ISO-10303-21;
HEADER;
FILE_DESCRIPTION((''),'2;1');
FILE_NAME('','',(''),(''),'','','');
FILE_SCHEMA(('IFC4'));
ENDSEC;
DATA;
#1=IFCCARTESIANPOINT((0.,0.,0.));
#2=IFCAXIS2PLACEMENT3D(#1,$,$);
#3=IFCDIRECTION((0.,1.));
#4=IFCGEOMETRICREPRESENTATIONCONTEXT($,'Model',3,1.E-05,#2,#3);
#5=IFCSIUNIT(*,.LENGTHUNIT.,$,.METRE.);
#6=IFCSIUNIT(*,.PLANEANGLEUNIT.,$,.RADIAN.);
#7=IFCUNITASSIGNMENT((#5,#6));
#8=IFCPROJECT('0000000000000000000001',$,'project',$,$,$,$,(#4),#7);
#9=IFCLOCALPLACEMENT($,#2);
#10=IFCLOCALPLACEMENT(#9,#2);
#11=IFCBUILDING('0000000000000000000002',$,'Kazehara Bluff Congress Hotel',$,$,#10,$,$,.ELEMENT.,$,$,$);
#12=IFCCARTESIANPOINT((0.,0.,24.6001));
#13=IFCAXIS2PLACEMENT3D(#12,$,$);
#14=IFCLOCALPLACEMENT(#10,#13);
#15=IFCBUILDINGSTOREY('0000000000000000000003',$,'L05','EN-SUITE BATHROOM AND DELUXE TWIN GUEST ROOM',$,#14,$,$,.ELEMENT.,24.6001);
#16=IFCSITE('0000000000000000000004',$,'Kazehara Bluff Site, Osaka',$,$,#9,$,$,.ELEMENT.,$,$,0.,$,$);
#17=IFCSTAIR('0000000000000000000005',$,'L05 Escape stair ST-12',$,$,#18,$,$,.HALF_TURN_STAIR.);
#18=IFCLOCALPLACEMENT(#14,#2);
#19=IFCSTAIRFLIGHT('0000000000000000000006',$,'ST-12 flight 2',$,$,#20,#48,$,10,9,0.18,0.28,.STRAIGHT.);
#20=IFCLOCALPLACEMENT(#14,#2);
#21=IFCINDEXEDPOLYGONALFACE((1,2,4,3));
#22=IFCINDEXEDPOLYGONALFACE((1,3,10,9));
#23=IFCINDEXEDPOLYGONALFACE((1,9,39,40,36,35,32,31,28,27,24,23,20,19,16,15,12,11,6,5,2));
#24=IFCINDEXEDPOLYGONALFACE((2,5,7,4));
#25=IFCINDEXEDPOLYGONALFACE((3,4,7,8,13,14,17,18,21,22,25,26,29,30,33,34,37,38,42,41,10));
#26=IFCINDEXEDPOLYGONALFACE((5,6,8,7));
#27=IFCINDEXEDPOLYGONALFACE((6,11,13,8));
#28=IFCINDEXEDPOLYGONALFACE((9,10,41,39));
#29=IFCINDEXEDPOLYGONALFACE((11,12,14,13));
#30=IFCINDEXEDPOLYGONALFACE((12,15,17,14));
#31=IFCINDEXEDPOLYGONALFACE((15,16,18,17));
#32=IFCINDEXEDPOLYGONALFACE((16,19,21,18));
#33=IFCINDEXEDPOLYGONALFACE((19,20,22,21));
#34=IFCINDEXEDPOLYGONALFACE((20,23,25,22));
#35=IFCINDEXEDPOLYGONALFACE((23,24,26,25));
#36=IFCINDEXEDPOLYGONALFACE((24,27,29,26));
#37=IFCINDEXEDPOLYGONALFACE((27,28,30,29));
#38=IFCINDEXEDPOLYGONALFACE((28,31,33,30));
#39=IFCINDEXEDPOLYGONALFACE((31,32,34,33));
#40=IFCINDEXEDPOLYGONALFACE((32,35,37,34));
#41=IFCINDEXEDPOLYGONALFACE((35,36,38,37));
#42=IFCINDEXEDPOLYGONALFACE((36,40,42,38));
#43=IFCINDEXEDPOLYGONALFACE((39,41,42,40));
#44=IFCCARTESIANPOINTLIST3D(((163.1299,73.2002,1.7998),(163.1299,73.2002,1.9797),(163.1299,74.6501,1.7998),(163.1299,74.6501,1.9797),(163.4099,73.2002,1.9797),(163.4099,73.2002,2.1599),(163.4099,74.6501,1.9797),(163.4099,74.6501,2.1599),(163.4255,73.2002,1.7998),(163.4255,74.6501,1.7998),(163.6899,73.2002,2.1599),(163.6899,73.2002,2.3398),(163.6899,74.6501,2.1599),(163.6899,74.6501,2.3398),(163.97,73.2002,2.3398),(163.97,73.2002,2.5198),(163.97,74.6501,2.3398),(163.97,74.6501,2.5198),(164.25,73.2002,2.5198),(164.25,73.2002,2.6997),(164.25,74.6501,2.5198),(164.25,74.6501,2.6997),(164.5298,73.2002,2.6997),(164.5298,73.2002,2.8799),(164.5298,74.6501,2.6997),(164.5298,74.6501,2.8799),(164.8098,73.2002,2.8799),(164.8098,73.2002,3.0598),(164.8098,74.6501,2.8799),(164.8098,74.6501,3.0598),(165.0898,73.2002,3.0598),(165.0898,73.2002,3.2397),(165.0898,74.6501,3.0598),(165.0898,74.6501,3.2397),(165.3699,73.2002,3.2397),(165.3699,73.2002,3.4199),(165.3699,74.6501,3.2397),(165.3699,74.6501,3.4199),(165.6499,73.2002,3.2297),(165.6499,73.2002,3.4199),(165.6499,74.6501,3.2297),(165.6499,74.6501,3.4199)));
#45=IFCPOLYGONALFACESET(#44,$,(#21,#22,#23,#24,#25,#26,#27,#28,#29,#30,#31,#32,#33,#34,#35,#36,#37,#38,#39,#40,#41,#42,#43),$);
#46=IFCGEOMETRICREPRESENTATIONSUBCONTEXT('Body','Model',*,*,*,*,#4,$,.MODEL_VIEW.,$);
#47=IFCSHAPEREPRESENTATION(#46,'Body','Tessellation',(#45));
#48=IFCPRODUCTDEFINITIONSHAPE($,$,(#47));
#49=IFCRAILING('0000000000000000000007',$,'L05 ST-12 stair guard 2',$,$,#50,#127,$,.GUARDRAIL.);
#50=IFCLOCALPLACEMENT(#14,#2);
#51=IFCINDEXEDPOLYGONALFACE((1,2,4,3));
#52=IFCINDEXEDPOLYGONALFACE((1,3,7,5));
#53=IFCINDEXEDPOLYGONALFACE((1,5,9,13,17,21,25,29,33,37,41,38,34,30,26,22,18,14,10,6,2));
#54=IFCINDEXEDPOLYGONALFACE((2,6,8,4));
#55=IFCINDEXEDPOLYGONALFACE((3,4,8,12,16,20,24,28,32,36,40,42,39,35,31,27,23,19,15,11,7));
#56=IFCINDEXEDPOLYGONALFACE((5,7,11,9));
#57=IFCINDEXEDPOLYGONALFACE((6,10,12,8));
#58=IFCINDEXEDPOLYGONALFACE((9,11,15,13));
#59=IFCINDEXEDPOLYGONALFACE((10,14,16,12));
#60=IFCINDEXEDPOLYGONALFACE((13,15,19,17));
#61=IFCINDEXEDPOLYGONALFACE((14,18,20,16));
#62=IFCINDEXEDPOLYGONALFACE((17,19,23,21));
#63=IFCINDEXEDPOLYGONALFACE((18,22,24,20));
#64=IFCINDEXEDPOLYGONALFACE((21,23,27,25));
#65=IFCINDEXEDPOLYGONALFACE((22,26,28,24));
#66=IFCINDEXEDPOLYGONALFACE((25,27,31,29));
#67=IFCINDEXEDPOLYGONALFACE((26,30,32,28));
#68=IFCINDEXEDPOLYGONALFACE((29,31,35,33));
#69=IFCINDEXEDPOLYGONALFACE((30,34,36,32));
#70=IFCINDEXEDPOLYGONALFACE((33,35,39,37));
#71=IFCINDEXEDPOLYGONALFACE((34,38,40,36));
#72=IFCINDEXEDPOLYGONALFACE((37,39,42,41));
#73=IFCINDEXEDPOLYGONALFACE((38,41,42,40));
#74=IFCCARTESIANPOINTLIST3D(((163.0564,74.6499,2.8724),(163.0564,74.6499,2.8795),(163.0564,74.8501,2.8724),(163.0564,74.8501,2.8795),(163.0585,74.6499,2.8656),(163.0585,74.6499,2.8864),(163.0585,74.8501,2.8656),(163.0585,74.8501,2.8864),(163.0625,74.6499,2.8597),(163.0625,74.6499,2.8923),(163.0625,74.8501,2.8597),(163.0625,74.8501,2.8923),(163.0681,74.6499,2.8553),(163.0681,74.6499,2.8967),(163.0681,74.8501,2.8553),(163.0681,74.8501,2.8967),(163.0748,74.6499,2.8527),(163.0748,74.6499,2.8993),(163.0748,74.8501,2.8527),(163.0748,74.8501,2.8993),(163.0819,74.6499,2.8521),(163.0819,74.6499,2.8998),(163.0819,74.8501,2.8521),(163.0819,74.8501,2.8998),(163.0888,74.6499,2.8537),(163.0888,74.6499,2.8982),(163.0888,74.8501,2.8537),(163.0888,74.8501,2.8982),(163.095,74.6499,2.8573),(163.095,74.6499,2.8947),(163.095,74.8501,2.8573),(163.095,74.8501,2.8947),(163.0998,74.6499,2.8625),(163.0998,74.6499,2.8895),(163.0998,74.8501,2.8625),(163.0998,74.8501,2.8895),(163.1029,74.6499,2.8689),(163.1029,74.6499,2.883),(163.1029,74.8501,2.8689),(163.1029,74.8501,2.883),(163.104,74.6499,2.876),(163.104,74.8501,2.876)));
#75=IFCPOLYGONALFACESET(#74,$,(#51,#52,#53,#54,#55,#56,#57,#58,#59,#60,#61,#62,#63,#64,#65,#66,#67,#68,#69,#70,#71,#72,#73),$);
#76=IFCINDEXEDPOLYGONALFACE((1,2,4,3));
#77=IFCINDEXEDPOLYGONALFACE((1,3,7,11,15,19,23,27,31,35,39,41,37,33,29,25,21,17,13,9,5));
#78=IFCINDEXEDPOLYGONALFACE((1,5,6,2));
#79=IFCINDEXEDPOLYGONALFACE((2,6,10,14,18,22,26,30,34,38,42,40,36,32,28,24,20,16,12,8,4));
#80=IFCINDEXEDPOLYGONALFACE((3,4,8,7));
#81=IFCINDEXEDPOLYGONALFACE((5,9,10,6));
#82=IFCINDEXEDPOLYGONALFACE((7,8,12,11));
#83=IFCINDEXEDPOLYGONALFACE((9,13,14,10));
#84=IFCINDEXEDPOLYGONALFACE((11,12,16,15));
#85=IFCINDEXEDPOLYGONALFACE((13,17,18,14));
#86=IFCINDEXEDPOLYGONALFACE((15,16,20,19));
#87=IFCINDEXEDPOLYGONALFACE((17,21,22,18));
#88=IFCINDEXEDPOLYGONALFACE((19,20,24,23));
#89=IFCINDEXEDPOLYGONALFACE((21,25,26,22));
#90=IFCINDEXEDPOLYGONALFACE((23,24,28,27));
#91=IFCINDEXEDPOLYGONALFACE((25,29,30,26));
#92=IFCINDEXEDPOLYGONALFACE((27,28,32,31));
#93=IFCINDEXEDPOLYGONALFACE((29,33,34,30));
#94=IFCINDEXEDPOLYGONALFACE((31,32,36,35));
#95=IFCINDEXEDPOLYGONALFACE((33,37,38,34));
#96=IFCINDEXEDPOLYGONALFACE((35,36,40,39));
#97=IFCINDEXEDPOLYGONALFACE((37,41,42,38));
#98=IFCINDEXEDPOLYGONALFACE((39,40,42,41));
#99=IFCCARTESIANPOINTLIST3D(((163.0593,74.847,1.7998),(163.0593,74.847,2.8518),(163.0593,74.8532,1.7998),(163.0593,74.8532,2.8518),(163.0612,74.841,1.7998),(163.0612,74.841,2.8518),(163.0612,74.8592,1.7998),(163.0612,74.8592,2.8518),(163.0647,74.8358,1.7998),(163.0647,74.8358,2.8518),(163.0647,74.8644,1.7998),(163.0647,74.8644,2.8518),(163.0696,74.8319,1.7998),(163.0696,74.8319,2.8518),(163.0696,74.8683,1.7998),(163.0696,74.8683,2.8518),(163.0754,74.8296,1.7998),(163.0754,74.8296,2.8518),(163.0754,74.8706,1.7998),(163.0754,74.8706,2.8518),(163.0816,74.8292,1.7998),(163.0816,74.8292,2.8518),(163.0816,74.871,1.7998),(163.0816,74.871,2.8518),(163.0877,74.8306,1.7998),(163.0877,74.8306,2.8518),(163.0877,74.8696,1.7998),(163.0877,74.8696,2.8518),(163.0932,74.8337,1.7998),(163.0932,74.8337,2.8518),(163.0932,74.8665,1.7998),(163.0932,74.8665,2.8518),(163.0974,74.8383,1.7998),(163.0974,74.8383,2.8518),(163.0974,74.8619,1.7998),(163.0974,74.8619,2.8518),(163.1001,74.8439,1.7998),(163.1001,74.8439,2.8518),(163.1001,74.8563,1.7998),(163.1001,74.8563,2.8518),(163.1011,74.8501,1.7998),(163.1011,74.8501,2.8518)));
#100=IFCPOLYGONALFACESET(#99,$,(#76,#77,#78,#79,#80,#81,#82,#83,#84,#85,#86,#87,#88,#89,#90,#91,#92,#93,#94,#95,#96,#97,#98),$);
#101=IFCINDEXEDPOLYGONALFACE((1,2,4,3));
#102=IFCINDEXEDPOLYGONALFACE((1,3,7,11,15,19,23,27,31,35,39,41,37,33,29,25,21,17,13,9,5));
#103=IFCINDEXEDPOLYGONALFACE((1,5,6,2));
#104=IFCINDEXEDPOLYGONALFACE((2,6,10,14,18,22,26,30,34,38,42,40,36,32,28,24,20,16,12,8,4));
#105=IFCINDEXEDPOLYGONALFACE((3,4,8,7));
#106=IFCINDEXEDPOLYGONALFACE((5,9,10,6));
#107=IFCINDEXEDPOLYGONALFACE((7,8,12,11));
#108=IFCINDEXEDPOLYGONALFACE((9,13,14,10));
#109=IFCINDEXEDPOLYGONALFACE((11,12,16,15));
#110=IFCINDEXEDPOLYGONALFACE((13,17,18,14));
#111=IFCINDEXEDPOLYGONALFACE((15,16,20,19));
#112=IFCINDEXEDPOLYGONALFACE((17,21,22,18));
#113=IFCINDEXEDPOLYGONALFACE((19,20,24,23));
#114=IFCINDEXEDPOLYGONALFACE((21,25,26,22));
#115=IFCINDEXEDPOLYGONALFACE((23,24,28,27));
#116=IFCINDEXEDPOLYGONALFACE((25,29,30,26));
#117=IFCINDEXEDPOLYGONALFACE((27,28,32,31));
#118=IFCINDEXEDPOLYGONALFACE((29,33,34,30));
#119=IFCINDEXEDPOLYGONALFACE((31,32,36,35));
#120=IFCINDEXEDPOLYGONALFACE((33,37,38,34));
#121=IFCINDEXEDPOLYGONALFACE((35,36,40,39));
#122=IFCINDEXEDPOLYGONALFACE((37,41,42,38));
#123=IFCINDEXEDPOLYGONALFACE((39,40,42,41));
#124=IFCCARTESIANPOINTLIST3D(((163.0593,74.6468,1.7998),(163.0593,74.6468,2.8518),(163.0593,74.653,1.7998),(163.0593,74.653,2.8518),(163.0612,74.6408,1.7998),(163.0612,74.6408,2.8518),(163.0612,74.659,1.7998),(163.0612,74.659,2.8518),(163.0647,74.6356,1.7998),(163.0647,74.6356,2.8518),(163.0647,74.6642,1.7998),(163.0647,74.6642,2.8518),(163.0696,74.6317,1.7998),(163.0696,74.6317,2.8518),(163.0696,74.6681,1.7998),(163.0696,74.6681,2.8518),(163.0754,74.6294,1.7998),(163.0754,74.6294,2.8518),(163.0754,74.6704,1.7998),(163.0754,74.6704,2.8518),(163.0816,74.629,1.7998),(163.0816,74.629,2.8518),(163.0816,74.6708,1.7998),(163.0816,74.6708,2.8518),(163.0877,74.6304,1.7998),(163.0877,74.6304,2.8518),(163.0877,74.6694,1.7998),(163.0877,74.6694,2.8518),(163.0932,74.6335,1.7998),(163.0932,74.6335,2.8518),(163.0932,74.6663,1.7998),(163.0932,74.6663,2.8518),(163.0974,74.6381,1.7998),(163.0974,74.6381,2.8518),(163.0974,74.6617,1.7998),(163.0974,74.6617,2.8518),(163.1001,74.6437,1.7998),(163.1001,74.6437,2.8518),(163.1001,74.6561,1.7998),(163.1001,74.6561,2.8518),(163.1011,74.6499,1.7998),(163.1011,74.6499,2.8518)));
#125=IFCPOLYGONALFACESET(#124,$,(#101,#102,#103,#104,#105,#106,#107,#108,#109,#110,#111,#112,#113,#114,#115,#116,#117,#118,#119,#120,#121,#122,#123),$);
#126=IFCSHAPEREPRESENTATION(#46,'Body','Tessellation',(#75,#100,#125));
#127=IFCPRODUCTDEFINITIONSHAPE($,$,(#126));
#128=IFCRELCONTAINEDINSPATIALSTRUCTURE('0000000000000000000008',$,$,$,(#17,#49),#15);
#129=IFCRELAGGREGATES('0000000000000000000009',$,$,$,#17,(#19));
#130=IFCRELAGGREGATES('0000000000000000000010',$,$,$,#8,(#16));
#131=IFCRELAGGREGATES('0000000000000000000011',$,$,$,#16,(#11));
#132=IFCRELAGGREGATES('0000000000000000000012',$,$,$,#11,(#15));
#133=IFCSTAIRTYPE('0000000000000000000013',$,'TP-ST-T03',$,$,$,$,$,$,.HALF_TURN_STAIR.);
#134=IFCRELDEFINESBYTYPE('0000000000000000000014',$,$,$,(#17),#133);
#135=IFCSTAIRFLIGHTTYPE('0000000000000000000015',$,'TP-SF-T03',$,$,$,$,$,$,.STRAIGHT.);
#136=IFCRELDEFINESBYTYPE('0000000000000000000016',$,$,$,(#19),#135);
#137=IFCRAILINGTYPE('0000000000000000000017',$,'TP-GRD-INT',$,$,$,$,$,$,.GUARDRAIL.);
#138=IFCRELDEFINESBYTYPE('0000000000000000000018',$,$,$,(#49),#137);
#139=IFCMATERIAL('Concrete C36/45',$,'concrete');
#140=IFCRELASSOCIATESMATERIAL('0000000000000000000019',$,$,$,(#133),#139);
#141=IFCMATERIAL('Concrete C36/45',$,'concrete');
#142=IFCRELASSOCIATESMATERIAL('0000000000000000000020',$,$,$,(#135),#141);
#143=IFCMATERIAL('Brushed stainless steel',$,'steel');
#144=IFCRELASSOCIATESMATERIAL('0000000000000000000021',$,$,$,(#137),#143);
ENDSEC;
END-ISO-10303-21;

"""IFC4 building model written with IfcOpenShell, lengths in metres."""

from ifc_helpers import new_model, si_unit, direction, frame, origin, origin_2d, place, context, subcontext, project, spatial, polyline, circle, outline, extrude, material, type_object, element, aggregate, save


model = new_model("IFC4")

# Units and contexts
model_context = context("Model", 3, precision=1e-05, world=origin(), true_north=direction((0.0, 1.0)))
body_context = subcontext(model_context, "Body", "Model", "MODEL_VIEW")
ifc_project = project(units=[si_unit("LENGTHUNIT", "METRE"), si_unit("PLANEANGLEUNIT", "RADIAN")], contexts=[model_context])

# Site, building, storey
site_placement = place(None, origin())
site = spatial("IfcSite", under=ifc_project, at=site_placement, Name="Kazehara Bluff Site, Osaka", CompositionType="ELEMENT", RefElevation=0.0)
building_placement = place(site_placement, origin())
building = spatial("IfcBuilding", under=site, at=building_placement, Name="Kazehara Bluff Congress Hotel", CompositionType="ELEMENT")
storey_placement = place(building_placement, frame((0.0, 0.0, 24.6001)))
storey = spatial("IfcBuildingStorey", under=building, at=storey_placement, Name="L05", Description="EN-SUITE BATHROOM AND DELUXE TWIN GUEST ROOM", CompositionType="ELEMENT", Elevation=24.6001)

# Stair, stair flight
ifc_material_1 = material(Name="Concrete C36/45", Category="concrete")
stair_type = type_object("IfcStairType", Name="TP-ST-T03", PredefinedType="HALF_TURN_STAIR", material=ifc_material_1)
stair_placement = place(storey_placement, origin())
stair = element("IfcStair", 1, at=stair_placement, inside=storey, type_object=stair_type, Name="L05 Escape stair ST-12", PredefinedType="HALF_TURN_STAIR")
ifc_material_2 = material(Name="Concrete C36/45", Category="concrete")
stair_flight_type = type_object("IfcStairFlightType", Name="TP-SF-T03", PredefinedType="STRAIGHT", material=ifc_material_2)
stair_flight_placement = place(storey_placement, frame((163.1299, 73.925, 1.7998), z_axis=(0.0, 0.0, 1.0), x_axis=(1.0, 0.0, 0.0)))
stair_flight = element("IfcStairFlight", 2, at=stair_flight_placement, type_object=stair_flight_type, Name="ST-12 flight 2", NumberOfRisers=10, NumberOfTreads=9, PredefinedType="STRAIGHT", RiserHeight=0.18, TreadLength=0.28, context=body_context, shape_type="SweptSolid", body=[
    extrude(outline(polyline([(0.0, 0.0), (0.0, 0.1799), (0.28, 0.1799), (0.28, 0.3601), (0.5601, 0.3601), (0.5601, 0.54), (0.8401, 0.54), (0.8401, 0.72), (1.1201, 0.72), (1.1201, 0.8999), (1.3999, 0.8999), (1.3999, 1.0801), (1.6799, 1.0801), (1.6799, 1.26), (1.96, 1.26), (1.96, 1.4399), (2.24, 1.4399), (2.24, 1.6201), (2.52, 1.6201), (2.52, 1.8), (2.52, 1.4299), (0.2957, 0.0), (0.0, 0.0)])), frame((0.0, 0.7251, 0.0), z_axis=(0.0, -1.0, 0.0), x_axis=(1.0, 0.0, 0.0)), (0.0, 0.0, 1.0), 1.45),
])
aggregate(stair, [stair_flight])

# Railing
ifc_material_3 = material(Name="Brushed stainless steel", Category="steel")
railing_type_1 = type_object("IfcRailingType", Name="TP-GRD-INT", PredefinedType="GUARDRAIL", material=ifc_material_3)
railing_1_placement = place(storey_placement, frame((163.0801, 74.8501, 1.7998)))
element("IfcRailing", 3, at=railing_1_placement, inside=storey, type_object=railing_type_1, Name="L05 ST-12 stair guard 2", PredefinedType="GUARDRAIL", context=body_context, shape_type="SweptSolid", body=[
    extrude(circle(Radius=0.0239, at=origin_2d()), frame((0.0, 0.0, 1.0762), z_axis=(0.0, -1.0, 0.0), x_axis=(1.0, 0.0, 0.0)), (0.0, 0.0, 1.0), 0.2002),
    extrude(circle(Radius=0.021, at=origin_2d()), origin(), (0.0, 0.0, 1.0), 1.052),
    extrude(circle(Radius=0.021, at=origin_2d()), frame((0.0, -0.2002, 0.0)), (0.0, 0.0, 1.0), 1.052),
])

save(model, "model.ifc")
